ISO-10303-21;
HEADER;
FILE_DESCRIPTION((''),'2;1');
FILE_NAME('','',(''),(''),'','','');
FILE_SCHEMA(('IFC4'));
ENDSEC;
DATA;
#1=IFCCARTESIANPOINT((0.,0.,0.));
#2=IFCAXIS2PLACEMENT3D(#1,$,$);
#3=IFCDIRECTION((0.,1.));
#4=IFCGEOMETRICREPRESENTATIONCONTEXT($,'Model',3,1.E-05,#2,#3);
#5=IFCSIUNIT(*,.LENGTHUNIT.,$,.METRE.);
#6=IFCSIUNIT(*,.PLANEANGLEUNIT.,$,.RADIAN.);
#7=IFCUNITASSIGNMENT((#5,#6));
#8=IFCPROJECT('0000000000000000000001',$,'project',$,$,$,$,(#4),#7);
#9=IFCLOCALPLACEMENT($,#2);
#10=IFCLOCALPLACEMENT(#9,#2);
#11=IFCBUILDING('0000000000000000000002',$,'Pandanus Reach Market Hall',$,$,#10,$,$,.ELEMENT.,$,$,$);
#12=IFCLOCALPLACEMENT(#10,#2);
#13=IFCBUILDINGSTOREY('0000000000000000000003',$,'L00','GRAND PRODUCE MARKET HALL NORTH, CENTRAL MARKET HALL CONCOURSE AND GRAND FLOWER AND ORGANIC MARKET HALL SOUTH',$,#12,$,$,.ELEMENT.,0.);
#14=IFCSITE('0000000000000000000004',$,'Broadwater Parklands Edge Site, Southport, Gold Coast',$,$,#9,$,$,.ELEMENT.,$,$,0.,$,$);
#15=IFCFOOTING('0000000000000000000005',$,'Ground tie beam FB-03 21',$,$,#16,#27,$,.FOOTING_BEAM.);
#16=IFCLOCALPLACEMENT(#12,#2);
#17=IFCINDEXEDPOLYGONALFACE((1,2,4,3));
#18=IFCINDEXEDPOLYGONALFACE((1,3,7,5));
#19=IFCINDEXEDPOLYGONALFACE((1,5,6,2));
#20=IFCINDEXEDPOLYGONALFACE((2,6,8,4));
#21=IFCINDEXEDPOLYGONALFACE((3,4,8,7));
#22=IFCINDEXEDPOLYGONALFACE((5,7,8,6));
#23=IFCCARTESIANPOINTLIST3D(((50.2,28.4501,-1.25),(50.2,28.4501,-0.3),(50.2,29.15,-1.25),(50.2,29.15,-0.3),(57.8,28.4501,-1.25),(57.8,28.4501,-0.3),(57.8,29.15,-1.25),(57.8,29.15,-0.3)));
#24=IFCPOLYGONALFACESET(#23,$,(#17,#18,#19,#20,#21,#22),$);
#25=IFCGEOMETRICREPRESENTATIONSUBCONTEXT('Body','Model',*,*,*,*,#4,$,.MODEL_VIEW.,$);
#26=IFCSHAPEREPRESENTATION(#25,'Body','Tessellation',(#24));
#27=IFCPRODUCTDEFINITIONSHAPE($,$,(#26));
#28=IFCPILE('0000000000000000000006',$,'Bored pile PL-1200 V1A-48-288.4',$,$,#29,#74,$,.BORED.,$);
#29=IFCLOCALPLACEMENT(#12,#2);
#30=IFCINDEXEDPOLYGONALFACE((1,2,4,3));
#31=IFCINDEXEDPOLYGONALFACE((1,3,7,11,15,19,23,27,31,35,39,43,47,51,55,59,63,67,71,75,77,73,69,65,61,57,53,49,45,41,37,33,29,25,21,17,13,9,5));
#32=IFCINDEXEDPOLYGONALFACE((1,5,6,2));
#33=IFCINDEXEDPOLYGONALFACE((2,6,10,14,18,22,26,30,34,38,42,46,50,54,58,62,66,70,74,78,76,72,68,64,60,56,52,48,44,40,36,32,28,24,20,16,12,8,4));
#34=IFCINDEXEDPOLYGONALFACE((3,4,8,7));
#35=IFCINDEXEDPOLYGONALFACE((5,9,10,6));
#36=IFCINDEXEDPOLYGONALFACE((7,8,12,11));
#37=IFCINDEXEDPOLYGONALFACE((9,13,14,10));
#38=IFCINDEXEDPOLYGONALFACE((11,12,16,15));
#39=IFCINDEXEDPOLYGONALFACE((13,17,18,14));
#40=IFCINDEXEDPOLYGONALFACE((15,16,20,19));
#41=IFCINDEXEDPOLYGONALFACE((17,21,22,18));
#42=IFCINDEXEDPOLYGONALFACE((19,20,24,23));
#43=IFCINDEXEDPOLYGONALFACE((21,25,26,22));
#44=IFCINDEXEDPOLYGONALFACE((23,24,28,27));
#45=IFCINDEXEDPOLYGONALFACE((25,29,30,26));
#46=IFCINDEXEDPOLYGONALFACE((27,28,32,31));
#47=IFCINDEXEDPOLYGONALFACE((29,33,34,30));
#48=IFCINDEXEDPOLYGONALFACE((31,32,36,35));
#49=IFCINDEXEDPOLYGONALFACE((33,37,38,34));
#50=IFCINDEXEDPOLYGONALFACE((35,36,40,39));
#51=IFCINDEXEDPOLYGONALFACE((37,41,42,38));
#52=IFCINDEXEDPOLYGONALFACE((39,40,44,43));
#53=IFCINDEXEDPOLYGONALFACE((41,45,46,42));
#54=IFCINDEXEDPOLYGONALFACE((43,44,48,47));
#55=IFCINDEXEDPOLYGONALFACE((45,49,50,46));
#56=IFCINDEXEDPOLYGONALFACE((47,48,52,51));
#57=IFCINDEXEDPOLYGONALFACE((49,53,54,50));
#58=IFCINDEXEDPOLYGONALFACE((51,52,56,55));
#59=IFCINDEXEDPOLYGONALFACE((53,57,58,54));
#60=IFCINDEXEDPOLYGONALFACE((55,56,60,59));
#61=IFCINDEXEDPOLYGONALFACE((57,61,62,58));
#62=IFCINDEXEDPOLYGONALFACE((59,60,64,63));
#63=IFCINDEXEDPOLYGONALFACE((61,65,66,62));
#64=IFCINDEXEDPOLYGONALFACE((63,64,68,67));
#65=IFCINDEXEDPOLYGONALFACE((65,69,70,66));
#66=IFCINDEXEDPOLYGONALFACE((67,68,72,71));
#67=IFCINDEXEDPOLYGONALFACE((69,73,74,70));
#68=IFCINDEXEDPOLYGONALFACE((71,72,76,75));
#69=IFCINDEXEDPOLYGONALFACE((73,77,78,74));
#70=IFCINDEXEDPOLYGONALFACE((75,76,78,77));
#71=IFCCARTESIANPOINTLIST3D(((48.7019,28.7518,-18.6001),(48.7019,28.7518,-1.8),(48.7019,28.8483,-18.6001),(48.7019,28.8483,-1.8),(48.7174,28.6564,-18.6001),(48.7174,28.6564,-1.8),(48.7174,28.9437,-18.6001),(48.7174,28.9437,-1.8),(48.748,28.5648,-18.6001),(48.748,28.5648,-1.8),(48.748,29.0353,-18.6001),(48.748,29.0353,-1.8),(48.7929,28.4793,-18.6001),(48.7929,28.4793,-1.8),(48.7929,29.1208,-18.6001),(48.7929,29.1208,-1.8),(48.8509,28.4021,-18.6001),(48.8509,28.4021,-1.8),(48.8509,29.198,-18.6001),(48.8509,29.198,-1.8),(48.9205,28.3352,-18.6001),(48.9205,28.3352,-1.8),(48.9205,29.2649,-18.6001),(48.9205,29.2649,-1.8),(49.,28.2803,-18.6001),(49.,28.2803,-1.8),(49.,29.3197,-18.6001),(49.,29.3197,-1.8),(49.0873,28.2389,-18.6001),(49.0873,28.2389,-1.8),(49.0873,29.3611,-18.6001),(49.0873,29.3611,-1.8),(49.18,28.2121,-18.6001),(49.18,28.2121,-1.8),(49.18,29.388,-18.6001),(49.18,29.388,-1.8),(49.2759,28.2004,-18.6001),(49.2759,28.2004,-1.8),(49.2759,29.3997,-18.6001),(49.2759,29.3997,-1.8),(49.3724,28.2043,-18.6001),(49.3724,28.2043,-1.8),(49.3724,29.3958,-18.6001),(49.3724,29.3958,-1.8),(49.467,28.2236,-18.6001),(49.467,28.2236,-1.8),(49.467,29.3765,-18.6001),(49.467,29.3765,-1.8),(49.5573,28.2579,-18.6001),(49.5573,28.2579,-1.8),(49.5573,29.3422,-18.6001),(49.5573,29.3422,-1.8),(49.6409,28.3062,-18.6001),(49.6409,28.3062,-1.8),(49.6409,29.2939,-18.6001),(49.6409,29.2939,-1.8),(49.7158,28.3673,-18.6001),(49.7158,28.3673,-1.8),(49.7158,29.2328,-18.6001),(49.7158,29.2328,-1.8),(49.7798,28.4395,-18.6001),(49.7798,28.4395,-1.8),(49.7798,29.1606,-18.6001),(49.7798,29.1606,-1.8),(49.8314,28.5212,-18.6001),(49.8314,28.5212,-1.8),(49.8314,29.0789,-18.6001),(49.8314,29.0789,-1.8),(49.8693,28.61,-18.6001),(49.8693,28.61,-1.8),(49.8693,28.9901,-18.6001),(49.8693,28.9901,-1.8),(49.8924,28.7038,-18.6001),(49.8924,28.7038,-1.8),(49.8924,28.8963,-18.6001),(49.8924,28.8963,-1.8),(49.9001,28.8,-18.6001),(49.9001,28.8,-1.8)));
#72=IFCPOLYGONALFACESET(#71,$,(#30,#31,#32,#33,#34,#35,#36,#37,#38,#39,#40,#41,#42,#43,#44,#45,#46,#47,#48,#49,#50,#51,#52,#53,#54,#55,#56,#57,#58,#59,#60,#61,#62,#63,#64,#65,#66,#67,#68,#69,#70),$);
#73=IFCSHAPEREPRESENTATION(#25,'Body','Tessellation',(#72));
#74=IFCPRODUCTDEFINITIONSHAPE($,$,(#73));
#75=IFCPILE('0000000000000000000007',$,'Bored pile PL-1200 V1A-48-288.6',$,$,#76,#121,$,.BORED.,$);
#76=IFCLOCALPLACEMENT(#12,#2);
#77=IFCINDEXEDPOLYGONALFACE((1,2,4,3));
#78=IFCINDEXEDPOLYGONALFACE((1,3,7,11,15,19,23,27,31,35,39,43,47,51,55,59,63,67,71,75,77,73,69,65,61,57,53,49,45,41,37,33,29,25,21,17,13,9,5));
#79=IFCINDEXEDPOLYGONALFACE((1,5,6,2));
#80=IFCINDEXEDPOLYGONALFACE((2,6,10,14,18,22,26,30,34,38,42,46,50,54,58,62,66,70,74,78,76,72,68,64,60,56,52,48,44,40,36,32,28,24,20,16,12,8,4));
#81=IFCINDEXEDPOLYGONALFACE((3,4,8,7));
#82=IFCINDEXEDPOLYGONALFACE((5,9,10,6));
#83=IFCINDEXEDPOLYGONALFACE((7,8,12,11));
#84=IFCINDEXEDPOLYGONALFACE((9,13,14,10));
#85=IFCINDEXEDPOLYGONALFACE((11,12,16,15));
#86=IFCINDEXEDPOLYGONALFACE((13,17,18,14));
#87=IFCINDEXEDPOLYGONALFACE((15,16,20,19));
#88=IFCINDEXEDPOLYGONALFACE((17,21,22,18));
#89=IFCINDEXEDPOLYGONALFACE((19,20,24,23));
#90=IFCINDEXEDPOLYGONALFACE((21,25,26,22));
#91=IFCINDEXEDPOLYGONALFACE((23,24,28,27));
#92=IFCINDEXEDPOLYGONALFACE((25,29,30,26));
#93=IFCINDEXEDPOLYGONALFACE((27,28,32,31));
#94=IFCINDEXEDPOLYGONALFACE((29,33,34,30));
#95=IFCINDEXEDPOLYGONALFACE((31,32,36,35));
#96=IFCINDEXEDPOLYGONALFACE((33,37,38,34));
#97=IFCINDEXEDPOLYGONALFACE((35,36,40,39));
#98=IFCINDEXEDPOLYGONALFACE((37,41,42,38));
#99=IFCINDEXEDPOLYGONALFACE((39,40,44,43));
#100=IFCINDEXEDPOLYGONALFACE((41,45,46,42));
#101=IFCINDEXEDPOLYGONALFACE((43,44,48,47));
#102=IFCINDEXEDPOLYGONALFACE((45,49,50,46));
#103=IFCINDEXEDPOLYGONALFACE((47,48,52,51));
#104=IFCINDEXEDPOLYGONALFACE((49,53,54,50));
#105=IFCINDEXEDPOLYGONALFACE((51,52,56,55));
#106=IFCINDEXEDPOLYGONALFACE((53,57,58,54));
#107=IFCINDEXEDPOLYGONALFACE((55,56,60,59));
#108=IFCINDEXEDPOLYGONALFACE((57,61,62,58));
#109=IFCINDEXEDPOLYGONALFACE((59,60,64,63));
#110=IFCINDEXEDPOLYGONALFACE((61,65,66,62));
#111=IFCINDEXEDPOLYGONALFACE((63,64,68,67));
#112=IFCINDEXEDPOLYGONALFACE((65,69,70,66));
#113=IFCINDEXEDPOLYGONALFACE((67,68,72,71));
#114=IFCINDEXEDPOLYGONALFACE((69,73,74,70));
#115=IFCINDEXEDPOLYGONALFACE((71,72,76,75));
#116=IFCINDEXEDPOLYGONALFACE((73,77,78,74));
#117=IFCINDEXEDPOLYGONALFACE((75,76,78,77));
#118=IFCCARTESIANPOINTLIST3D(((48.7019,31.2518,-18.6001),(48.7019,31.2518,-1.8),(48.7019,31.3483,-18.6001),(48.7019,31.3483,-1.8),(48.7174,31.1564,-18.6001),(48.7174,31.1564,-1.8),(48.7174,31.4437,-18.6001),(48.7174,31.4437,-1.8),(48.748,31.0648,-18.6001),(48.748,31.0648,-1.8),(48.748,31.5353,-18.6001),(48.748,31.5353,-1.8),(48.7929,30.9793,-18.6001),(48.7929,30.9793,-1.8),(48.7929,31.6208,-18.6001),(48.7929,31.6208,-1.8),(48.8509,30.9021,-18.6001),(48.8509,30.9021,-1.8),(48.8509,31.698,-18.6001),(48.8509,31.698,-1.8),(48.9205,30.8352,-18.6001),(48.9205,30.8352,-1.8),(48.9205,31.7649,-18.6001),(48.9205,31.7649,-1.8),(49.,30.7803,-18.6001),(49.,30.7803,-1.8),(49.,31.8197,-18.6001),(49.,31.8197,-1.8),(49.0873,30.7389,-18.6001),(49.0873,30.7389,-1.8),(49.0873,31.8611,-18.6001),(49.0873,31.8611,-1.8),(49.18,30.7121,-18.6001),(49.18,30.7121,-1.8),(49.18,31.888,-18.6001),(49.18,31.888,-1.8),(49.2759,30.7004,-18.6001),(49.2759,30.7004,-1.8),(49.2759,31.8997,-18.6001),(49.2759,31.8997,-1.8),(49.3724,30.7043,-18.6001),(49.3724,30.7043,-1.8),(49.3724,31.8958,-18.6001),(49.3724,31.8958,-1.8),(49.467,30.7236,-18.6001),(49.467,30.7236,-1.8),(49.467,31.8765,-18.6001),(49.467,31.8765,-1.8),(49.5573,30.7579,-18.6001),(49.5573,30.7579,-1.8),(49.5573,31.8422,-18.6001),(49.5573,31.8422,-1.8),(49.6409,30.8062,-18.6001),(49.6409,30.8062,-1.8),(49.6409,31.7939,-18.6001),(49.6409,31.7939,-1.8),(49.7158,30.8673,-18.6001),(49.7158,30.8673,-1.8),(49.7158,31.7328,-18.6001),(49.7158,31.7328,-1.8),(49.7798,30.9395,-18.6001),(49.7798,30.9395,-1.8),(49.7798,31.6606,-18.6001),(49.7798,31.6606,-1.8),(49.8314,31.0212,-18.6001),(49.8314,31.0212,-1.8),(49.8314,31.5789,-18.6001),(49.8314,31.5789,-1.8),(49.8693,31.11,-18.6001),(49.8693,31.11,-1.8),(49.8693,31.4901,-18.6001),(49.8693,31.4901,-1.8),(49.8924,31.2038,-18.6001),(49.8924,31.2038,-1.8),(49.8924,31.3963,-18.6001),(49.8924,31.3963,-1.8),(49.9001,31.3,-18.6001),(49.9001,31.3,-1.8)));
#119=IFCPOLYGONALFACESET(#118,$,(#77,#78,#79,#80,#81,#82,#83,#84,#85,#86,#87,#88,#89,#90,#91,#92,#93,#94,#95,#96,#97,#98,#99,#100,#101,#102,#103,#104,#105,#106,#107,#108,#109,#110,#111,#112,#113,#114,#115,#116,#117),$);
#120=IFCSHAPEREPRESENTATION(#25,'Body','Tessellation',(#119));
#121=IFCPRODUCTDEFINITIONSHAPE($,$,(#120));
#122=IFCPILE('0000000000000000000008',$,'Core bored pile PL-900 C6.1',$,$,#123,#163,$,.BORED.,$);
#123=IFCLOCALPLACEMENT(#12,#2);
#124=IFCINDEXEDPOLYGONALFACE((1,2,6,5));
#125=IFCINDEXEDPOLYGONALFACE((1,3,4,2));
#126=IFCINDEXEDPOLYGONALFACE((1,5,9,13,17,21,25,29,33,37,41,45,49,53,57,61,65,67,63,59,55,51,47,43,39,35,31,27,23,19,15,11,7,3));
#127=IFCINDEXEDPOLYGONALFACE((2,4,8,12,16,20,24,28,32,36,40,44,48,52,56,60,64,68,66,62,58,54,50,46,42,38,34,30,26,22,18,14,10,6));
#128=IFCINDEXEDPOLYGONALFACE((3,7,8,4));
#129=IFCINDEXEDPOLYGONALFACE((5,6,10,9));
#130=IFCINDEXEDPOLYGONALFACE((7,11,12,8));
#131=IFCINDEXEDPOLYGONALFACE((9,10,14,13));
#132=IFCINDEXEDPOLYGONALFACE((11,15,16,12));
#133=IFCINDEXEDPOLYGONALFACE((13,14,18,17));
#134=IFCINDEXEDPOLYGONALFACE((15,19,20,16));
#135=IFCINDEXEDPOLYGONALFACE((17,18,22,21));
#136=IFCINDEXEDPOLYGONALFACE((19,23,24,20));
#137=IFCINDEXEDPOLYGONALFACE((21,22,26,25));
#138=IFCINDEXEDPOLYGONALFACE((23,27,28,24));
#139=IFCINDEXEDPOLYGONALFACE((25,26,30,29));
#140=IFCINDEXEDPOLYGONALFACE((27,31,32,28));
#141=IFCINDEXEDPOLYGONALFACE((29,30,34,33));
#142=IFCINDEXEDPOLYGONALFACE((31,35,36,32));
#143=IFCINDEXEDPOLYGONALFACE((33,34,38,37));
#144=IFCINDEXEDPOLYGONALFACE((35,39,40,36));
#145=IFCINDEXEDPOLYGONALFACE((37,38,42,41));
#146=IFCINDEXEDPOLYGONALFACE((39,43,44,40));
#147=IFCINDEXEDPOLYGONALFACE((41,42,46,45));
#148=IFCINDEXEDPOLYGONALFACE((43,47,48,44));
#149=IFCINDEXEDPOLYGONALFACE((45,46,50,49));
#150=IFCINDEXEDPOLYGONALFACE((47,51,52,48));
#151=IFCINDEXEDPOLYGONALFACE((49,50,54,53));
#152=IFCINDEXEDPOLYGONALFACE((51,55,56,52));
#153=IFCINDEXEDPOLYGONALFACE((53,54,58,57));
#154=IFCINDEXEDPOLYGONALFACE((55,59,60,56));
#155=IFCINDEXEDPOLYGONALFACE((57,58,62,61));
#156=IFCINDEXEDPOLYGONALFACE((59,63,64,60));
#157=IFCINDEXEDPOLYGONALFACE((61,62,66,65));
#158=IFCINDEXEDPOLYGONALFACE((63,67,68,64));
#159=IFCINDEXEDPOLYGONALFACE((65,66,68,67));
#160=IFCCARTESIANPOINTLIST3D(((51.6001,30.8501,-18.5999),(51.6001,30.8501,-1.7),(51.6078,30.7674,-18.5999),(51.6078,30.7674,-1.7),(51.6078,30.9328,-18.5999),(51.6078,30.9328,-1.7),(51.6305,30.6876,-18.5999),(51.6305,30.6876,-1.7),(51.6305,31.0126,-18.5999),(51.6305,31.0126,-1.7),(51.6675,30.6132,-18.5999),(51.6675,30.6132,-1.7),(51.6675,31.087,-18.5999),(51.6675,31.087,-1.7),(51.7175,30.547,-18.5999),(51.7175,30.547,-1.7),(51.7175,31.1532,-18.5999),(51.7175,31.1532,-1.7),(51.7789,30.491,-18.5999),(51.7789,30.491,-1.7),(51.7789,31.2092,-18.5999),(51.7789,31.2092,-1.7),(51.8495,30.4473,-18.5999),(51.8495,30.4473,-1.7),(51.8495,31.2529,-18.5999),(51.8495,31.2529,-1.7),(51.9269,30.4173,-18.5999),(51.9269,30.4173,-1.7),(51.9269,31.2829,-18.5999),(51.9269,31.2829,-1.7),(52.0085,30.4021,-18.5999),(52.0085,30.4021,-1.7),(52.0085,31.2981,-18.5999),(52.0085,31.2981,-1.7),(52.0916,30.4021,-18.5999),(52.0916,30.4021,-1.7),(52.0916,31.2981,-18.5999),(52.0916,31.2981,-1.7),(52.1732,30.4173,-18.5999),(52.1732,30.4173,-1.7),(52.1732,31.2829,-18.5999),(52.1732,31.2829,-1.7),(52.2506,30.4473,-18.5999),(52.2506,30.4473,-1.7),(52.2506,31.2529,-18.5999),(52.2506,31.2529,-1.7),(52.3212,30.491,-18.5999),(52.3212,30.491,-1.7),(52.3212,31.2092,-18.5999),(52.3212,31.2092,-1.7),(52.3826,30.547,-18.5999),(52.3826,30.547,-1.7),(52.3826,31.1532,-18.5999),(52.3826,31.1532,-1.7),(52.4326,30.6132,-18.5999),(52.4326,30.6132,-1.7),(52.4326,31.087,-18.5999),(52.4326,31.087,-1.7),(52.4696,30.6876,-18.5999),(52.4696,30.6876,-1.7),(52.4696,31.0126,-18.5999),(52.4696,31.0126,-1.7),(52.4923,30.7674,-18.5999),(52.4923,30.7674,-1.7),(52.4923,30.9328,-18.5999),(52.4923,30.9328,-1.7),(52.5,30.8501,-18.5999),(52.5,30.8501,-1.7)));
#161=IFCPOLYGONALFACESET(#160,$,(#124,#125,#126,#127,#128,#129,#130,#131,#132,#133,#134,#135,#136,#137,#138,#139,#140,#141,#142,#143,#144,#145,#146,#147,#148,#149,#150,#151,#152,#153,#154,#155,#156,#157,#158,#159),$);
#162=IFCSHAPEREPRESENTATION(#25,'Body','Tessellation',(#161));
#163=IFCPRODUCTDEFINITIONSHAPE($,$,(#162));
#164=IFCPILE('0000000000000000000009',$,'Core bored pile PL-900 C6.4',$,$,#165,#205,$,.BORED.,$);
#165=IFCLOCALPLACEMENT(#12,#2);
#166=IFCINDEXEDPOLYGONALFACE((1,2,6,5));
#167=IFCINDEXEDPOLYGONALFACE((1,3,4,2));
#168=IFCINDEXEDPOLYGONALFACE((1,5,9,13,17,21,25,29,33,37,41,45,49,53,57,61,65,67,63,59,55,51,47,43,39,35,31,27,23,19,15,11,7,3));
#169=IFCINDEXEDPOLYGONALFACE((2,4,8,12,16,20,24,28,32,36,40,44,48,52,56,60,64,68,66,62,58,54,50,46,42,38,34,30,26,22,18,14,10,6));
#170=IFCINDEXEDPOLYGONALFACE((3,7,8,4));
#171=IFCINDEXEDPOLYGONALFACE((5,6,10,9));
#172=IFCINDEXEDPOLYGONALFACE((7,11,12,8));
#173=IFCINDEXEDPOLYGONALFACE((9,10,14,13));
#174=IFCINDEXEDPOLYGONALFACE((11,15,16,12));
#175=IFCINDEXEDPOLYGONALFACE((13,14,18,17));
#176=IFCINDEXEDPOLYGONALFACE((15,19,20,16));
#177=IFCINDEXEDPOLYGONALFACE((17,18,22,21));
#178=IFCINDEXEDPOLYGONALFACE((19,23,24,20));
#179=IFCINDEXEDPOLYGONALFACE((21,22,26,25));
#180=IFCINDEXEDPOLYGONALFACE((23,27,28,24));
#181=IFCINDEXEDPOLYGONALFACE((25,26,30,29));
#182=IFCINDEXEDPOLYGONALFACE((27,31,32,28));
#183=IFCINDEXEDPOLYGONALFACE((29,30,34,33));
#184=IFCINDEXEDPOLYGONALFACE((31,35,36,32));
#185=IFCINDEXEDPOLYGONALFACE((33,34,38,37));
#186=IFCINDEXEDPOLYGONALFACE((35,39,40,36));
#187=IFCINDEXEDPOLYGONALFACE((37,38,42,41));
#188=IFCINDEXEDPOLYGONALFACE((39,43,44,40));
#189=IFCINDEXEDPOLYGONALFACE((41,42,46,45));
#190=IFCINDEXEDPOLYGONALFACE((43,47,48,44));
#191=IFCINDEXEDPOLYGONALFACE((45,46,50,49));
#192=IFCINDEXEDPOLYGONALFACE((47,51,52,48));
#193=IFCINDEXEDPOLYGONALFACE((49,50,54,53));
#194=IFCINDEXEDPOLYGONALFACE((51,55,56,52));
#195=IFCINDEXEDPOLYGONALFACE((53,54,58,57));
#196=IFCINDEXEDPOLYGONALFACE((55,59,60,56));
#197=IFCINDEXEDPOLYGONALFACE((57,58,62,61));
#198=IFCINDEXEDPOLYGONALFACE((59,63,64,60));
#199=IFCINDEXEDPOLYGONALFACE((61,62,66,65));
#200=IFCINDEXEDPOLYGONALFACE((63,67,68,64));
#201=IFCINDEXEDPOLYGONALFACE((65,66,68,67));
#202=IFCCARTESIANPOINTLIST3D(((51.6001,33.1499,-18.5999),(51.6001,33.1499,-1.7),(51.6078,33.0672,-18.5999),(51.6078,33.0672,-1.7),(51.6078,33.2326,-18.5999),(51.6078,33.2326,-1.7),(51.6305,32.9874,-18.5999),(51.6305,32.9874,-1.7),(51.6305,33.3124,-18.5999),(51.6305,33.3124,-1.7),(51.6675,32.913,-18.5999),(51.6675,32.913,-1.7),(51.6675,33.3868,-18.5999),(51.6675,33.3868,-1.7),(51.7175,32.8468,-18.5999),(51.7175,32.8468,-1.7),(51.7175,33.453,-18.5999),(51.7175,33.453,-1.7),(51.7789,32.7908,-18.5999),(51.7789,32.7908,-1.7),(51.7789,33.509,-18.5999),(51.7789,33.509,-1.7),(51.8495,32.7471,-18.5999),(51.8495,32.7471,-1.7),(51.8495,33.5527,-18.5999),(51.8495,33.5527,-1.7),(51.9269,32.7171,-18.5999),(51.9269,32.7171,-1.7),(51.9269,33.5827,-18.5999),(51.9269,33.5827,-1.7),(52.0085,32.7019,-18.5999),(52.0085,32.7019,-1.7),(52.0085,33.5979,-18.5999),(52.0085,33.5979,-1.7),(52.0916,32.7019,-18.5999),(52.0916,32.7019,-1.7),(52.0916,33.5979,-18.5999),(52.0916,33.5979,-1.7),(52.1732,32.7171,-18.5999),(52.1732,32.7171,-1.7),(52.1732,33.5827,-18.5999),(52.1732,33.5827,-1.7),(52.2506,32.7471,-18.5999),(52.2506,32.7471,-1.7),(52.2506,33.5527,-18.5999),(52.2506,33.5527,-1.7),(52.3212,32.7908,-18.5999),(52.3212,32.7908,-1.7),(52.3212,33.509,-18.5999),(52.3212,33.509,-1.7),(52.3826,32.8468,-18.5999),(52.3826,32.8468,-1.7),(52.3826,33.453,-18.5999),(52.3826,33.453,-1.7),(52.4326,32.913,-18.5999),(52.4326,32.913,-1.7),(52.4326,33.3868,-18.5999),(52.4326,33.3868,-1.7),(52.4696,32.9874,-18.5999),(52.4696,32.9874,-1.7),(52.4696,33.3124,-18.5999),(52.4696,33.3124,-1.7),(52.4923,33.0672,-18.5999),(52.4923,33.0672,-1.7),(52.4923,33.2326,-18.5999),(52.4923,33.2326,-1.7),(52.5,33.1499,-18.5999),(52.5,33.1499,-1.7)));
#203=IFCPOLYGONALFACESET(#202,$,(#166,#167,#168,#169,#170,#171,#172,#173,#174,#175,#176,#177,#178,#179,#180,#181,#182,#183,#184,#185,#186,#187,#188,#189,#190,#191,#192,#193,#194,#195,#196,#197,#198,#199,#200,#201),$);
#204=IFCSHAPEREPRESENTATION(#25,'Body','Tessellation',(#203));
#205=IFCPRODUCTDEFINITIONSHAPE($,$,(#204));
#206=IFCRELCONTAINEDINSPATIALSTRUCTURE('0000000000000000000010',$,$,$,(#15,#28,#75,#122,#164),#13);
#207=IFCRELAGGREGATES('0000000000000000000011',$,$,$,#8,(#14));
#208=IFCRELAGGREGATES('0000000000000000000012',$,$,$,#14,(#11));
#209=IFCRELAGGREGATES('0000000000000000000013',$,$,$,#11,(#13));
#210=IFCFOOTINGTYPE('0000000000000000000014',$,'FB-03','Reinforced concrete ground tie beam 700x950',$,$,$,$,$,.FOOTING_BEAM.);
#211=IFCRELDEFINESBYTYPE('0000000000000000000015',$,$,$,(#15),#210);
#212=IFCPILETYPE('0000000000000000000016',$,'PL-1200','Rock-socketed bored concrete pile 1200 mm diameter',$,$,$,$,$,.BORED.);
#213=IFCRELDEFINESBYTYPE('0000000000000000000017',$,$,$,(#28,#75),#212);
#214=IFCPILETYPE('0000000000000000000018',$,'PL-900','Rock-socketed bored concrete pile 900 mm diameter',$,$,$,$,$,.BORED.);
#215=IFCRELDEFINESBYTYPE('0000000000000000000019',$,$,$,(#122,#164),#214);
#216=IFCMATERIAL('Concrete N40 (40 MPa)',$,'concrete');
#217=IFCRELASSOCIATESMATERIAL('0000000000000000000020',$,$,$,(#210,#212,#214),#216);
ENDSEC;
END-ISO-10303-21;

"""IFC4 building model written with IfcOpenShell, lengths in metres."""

from ifc_helpers import new_model, si_unit, direction, frame, origin, origin_2d, place, context, subcontext, project, spatial, rectangle, circle, extrude, material, material_profile, profile_set, type_object, element, save


model = new_model("IFC4")

# Units and contexts
model_context = context("Model", 3, precision=1e-05, world=origin(), true_north=direction((0.0, 1.0)))
body_context = subcontext(model_context, "Body", "Model", "MODEL_VIEW")
ifc_project = project(units=[si_unit("LENGTHUNIT", "METRE"), si_unit("PLANEANGLEUNIT", "RADIAN")], contexts=[model_context])

# Site, building, storey
site_placement = place(None, origin())
site = spatial("IfcSite", under=ifc_project, at=site_placement, Name="Broadwater Parklands Edge Site, Southport, Gold Coast", CompositionType="ELEMENT", RefElevation=0.0)
building_placement = place(site_placement, origin())
building = spatial("IfcBuilding", under=site, at=building_placement, Name="Pandanus Reach Market Hall", CompositionType="ELEMENT")
storey_placement = place(building_placement, origin())
storey = spatial("IfcBuildingStorey", under=building, at=storey_placement, Name="L00", Description="GRAND PRODUCE MARKET HALL NORTH, CENTRAL MARKET HALL CONCOURSE AND GRAND FLOWER AND ORGANIC MARKET HALL SOUTH", CompositionType="ELEMENT", Elevation=0.0)

# Footing
ifc_material_1 = material(Name="Concrete N40 (40 MPa)", Category="concrete")
footing_type = type_object("IfcFootingType", Name="FB-03", Description="Reinforced concrete ground tie beam 700x950", PredefinedType="FOOTING_BEAM", material=ifc_material_1)
footing_placement = place(storey_placement, frame((54.0, 28.8, -1.25), z_axis=(0.0, 0.0, 1.0), x_axis=(1.0, 0.0, 0.0)))
element("IfcFooting", 1, at=footing_placement, inside=storey, type_object=footing_type, Name="Ground tie beam FB-03 21", PredefinedType="FOOTING_BEAM", context=body_context, shape_type="SweptSolid", body=[
    extrude(rectangle(XDim=7.6001, YDim=0.7, at=origin_2d()), origin(), (0.0, 0.0, 1.0), 0.95),
])

# Piles
ifc_material_profile_1 = material_profile(ifc_material_1, circle(Radius=0.6001, at=origin_2d()), Name="PILE-1200D", Category="LoadBearing")
ifc_profile_set_1 = profile_set([ifc_material_profile_1], Name="Concrete N40 (40 MPa)")
pile_type_1 = type_object("IfcPileType", Name="PL-1200", Description="Rock-socketed bored concrete pile 1200 mm diameter", PredefinedType="BORED", material=ifc_profile_set_1)
for number, where, z_axis, x_axis, name in (
    (2, (49.3, 28.8, -1.8), (0.0, 0.0, -1.0), (1.0, 0.0, 0.0), "Bored pile PL-1200 V1A-48-288.4"),
    (3, (49.3, 31.3, -1.8), (0.0, 0.0, -1.0), (1.0, 0.0, 0.0), "Bored pile PL-1200 V1A-48-288.6"),
):
    element("IfcPile", number, at=place(storey_placement, frame(where, z_axis=z_axis, x_axis=x_axis)), inside=storey, type_object=pile_type_1, Name=name, PredefinedType="BORED", context=body_context, shape_type="SweptSolid", body=[
        extrude(circle(Radius=0.6001, at=origin_2d()), origin(), (0.0, 0.0, 1.0), 16.8),
    ])
ifc_material_profile_2 = material_profile(ifc_material_1, circle(Radius=0.45, at=origin_2d()), Name="PILE-900D", Category="LoadBearing")
ifc_profile_set_2 = profile_set([ifc_material_profile_2], Name="Concrete N40 (40 MPa)")
pile_type_2 = type_object("IfcPileType", Name="PL-900", Description="Rock-socketed bored concrete pile 900 mm diameter", PredefinedType="BORED", material=ifc_profile_set_2)
for number, where, z_axis, x_axis, name in (
    (4, (52.05, 30.8501, -1.7), (0.0, 0.0, -1.0), (1.0, 0.0, 0.0), "Core bored pile PL-900 C6.1"),
    (5, (52.05, 33.1499, -1.7), (0.0, 0.0, -1.0), (1.0, 0.0, 0.0), "Core bored pile PL-900 C6.4"),
):
    element("IfcPile", number, at=place(storey_placement, frame(where, z_axis=z_axis, x_axis=x_axis)), inside=storey, type_object=pile_type_2, Name=name, PredefinedType="BORED", context=body_context, shape_type="SweptSolid", body=[
        extrude(circle(Radius=0.45, at=origin_2d()), origin(), (0.0, 0.0, 1.0), 16.8999),
    ])

save(model, "model.ifc")
